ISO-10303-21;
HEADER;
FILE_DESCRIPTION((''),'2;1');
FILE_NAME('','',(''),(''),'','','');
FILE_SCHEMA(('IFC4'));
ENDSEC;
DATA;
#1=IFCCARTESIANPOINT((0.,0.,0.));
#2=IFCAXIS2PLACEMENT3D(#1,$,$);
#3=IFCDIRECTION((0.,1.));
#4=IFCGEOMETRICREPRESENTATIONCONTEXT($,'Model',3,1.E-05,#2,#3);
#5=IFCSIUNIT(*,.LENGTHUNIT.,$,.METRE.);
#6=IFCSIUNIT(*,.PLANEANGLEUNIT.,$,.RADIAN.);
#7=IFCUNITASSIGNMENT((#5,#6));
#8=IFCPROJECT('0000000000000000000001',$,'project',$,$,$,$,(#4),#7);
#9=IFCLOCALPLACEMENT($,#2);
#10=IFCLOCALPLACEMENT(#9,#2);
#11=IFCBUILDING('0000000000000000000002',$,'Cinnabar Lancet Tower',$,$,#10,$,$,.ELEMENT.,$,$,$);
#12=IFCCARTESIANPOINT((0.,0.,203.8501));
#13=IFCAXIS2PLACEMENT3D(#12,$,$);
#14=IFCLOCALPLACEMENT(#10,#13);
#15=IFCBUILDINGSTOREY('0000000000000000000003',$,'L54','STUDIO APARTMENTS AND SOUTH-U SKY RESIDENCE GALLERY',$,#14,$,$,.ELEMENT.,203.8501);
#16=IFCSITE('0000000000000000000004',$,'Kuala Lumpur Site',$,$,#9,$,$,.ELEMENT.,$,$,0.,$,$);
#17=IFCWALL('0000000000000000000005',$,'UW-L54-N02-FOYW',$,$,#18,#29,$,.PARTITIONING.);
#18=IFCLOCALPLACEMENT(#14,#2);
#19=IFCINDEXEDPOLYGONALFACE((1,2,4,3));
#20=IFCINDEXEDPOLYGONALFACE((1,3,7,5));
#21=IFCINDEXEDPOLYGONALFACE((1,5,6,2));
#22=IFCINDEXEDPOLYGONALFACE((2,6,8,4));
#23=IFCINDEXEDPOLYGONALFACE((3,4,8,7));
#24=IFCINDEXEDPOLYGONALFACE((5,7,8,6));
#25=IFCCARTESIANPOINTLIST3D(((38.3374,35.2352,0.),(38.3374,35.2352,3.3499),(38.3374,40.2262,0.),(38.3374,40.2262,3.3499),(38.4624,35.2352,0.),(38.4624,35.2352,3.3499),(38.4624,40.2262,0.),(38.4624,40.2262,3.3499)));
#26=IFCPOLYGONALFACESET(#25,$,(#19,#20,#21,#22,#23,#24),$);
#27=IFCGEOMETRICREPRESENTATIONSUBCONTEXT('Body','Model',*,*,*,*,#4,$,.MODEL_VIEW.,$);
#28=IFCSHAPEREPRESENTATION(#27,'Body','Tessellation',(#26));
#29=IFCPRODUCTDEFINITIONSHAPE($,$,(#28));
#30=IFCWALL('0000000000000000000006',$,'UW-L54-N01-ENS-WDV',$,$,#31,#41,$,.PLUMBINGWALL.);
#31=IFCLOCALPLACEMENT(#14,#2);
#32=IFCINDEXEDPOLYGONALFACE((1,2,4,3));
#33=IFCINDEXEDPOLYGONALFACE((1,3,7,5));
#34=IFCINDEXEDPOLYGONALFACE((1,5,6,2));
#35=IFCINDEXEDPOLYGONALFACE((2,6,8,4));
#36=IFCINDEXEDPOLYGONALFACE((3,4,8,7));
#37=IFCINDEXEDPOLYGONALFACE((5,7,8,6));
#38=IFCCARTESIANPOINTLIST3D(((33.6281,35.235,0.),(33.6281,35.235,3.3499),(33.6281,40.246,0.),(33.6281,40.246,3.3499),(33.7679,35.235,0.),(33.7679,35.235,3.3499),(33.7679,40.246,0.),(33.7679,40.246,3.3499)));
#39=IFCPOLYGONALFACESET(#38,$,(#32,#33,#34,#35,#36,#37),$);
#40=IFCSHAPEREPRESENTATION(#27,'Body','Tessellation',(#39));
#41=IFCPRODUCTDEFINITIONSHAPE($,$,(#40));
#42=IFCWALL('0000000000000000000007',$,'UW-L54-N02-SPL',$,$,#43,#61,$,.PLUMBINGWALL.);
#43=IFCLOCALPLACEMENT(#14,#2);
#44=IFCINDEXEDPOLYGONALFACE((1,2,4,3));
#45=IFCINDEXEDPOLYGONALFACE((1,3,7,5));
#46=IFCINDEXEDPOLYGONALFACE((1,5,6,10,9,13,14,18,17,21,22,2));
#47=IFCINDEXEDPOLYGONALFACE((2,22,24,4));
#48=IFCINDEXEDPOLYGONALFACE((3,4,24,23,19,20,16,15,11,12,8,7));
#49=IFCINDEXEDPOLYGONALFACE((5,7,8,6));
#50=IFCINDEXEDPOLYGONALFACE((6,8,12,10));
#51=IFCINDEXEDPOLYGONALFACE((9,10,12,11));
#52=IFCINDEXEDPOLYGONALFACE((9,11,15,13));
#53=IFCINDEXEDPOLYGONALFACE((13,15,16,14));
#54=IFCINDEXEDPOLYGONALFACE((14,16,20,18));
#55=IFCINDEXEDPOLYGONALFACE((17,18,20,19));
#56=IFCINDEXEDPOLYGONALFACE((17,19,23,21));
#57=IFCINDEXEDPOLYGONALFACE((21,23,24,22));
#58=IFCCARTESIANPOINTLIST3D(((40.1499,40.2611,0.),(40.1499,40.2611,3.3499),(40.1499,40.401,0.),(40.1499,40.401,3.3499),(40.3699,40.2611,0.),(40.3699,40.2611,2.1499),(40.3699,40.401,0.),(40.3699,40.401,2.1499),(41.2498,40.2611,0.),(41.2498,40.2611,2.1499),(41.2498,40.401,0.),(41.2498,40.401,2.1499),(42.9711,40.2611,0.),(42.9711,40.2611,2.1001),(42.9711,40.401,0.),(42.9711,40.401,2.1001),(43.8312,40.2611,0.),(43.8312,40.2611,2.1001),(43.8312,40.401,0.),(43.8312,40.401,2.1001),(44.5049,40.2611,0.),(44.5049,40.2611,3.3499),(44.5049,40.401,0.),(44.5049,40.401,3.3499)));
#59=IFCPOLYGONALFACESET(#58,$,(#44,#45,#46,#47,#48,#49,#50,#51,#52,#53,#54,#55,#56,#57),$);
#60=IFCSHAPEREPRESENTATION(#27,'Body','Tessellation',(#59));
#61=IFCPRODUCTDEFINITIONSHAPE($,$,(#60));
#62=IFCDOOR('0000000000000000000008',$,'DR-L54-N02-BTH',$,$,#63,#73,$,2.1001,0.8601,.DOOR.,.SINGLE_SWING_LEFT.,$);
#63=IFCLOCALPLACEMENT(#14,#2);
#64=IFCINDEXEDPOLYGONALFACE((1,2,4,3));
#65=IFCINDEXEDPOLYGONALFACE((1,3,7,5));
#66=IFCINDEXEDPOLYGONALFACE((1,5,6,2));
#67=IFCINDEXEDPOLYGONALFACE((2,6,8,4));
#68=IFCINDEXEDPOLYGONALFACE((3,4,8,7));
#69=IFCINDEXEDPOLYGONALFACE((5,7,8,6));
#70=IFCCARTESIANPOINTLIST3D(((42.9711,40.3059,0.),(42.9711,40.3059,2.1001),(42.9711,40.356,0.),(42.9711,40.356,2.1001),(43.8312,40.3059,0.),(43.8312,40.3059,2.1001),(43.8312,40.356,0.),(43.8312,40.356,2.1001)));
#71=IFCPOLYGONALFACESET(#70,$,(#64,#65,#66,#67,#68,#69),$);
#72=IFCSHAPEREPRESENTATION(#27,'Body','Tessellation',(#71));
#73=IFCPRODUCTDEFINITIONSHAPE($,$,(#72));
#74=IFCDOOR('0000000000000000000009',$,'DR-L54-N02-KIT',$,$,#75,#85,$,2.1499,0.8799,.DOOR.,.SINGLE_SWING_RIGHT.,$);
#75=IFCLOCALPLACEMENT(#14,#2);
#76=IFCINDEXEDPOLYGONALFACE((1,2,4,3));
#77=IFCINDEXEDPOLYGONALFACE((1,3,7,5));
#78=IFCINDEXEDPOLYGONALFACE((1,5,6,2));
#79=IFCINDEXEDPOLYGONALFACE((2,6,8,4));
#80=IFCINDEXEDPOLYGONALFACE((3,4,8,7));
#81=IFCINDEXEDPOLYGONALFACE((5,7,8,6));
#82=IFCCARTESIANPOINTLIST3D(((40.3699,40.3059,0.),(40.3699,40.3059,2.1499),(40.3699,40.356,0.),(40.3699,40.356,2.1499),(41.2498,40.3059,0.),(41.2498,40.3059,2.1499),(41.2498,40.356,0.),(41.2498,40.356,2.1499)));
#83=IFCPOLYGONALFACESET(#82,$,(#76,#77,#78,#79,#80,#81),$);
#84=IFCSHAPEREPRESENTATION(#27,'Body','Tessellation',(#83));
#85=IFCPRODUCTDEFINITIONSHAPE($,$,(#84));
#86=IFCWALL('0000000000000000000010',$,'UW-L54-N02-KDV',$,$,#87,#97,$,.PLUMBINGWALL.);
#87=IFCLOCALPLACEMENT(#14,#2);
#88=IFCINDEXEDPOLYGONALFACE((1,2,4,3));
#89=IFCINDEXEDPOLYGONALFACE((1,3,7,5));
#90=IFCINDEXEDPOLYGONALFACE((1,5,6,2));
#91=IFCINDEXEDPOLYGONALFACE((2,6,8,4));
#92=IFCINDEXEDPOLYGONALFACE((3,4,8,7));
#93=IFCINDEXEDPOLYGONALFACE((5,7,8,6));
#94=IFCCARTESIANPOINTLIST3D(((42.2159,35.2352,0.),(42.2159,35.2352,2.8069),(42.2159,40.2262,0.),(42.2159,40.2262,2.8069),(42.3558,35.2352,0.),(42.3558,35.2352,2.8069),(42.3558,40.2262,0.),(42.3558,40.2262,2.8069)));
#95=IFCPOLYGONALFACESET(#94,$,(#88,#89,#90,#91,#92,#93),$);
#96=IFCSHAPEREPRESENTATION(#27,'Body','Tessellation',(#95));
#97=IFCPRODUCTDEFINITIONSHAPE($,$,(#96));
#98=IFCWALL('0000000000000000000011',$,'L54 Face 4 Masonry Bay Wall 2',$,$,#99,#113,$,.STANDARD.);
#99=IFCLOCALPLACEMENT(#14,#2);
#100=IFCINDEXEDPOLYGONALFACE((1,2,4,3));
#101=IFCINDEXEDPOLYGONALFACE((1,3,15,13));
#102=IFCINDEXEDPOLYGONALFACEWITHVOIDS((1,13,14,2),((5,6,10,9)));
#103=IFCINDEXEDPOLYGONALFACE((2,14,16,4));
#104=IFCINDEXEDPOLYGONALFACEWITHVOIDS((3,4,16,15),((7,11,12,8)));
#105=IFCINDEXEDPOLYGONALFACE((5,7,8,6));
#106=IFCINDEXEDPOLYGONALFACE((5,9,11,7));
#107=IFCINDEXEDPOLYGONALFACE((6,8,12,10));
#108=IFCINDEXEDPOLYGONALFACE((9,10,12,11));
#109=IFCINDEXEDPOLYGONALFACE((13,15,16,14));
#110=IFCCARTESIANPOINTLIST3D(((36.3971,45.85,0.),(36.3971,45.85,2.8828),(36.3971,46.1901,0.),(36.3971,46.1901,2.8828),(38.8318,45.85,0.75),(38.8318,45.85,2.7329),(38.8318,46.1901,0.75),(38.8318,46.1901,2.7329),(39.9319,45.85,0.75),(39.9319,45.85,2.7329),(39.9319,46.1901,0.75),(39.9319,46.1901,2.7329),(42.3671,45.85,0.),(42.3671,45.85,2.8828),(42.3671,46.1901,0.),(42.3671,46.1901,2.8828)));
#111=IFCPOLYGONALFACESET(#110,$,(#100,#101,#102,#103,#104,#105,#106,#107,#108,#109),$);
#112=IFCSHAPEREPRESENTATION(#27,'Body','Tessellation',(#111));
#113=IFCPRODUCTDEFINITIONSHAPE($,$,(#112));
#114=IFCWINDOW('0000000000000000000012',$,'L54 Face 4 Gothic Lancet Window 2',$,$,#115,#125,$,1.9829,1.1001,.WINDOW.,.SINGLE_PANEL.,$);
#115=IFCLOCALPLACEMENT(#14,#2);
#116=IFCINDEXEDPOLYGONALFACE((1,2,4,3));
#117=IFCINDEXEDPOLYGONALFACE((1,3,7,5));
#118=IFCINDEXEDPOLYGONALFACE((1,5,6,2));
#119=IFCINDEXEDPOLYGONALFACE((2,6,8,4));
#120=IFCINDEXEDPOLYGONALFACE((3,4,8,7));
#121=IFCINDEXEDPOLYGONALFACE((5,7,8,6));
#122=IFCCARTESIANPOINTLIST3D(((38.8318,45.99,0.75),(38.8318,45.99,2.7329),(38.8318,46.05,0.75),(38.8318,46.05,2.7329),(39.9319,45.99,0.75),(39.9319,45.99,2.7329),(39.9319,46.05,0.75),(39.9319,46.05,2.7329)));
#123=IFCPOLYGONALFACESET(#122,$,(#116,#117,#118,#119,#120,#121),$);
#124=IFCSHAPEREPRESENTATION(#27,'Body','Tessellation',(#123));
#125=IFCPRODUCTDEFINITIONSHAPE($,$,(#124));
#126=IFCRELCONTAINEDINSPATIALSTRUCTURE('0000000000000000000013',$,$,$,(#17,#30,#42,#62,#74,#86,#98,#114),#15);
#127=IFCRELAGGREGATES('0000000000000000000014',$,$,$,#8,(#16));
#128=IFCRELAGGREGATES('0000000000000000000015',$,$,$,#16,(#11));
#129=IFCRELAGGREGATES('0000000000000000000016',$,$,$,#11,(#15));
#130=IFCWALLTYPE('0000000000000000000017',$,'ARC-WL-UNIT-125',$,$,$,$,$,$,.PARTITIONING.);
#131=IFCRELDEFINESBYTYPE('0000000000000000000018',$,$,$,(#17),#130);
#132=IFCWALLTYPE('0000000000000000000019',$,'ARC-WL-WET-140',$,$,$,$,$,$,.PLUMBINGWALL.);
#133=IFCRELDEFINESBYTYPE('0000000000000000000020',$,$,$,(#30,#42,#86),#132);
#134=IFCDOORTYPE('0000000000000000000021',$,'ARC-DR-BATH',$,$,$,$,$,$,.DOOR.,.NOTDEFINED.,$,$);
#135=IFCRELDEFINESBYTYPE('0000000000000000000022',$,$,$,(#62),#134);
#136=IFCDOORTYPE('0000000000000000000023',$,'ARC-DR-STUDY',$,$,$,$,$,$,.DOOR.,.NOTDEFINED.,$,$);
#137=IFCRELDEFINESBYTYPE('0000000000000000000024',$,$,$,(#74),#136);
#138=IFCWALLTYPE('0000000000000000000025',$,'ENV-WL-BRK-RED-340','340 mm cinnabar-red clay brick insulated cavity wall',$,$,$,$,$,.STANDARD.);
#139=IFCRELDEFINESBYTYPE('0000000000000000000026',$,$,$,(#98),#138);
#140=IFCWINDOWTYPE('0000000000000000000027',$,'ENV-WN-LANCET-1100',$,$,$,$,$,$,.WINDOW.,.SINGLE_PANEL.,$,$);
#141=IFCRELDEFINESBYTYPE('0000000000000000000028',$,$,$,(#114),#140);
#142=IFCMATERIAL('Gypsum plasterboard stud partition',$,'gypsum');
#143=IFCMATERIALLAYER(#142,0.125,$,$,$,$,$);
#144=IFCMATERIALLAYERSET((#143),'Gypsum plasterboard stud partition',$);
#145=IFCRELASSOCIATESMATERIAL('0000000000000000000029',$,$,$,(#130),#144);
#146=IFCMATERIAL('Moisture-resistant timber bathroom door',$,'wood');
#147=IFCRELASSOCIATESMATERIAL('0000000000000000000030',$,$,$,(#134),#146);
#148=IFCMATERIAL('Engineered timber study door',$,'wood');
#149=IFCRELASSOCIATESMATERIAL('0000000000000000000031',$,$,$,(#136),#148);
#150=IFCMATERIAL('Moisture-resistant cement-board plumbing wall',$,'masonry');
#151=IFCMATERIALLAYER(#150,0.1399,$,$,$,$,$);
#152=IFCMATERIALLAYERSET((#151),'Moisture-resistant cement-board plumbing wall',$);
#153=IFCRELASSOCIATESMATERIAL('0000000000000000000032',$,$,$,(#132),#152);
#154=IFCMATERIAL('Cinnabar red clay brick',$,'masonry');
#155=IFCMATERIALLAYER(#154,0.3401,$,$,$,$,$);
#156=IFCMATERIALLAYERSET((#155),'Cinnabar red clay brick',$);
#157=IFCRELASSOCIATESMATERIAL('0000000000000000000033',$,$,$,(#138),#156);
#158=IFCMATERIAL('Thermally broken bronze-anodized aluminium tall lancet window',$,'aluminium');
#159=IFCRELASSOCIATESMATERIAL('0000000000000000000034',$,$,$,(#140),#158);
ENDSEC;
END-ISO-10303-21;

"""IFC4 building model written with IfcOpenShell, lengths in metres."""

from ifc_helpers import new_model, si_unit, direction, frame, frame_2d, origin, place, context, subcontext, project, spatial, rectangle, extrude, material, layer, layer_set, type_object, element, fill, save


model = new_model("IFC4")

# Units and contexts
model_context = context("Model", 3, precision=1e-05, world=origin(), true_north=direction((0.0, 1.0)))
body_context = subcontext(model_context, "Body", "Model", "MODEL_VIEW")
ifc_project = project(units=[si_unit("LENGTHUNIT", "METRE"), si_unit("PLANEANGLEUNIT", "RADIAN")], contexts=[model_context])

# Site, building, storey
site_placement = place(None, origin())
site = spatial("IfcSite", under=ifc_project, at=site_placement, Name="Kuala Lumpur Site", CompositionType="ELEMENT", RefElevation=0.0)
building_placement = place(site_placement, origin())
building = spatial("IfcBuilding", under=site, at=building_placement, Name="Cinnabar Lancet Tower", CompositionType="ELEMENT")
storey_placement = place(building_placement, frame((0.0, 0.0, 203.8501)))
storey = spatial("IfcBuildingStorey", under=building, at=storey_placement, Name="L54", Description="STUDIO APARTMENTS AND SOUTH-U SKY RESIDENCE GALLERY", CompositionType="ELEMENT", Elevation=203.8501)

# Shared definitions
ifc_material_1 = material(Name="Gypsum plasterboard stud partition", Category="gypsum")
ifc_layer_1 = layer(ifc_material_1, 0.125)
ifc_layer_set_1 = layer_set([ifc_layer_1], Name="Gypsum plasterboard stud partition")
wall_type_1 = type_object("IfcWallType", Name="ARC-WL-UNIT-125", PredefinedType="PARTITIONING", material=ifc_layer_set_1)
ifc_material_2 = material(Name="Moisture-resistant timber bathroom door", Category="wood")
door_type_1 = type_object("IfcDoorType", Name="ARC-DR-BATH", OperationType="NOTDEFINED", PredefinedType="DOOR", material=ifc_material_2)
ifc_material_3 = material(Name="Engineered timber study door", Category="wood")
door_type_2 = type_object("IfcDoorType", Name="ARC-DR-STUDY", OperationType="NOTDEFINED", PredefinedType="DOOR", material=ifc_material_3)

# Wall
for number, where, z_axis, x_axis, name in (
    (1, (38.3999, 35.2351, 0.0), (0.0, 0.0, 1.0), (0.0, 1.0, 0.0), "UW-L54-N02-FOYW"),
):
    element("IfcWall", number, at=place(storey_placement, frame(where, z_axis=z_axis, x_axis=x_axis)), inside=storey, type_object=wall_type_1, Name=name, PredefinedType="PARTITIONING", context=body_context, shape_type="SweptSolid", body=[
        extrude(rectangle(XDim=4.991, YDim=0.125, at=frame_2d((2.4956, 0.0))), origin(), (0.0, 0.0, 1.0), 3.3499),
    ])

# Wall
ifc_material_4 = material(Name="Moisture-resistant cement-board plumbing wall", Category="masonry")
ifc_layer_2 = layer(ifc_material_4, 0.1399)
ifc_layer_set_2 = layer_set([ifc_layer_2], Name="Moisture-resistant cement-board plumbing wall")
wall_type_2 = type_object("IfcWallType", Name="ARC-WL-WET-140", PredefinedType="PLUMBINGWALL", material=ifc_layer_set_2)
wall_1_placement = place(storey_placement, frame((33.698, 35.2351, 0.0), z_axis=(0.0, 0.0, 1.0), x_axis=(0.0, 1.0, 0.0)))
element("IfcWall", 2, at=wall_1_placement, inside=storey, type_object=wall_type_2, Name="UW-L54-N01-ENS-WDV", PredefinedType="PLUMBINGWALL", context=body_context, shape_type="SweptSolid", body=[
    extrude(rectangle(XDim=5.011, YDim=0.1399, at=frame_2d((2.5054, 0.0))), origin(), (0.0, 0.0, 1.0), 3.3499),
])

# Wall, openings, doors
wall_2_placement = place(storey_placement, frame((40.1499, 40.3311, 0.0), z_axis=(0.0, 0.0, 1.0), x_axis=(1.0, 0.0, 0.0)))
wall_2 = element("IfcWall", 3, at=wall_2_placement, inside=storey, type_object=wall_type_2, Name="UW-L54-N02-SPL", PredefinedType="PLUMBINGWALL", context=body_context, shape_type="SweptSolid", body=[
    extrude(rectangle(XDim=4.355, YDim=0.1399, at=frame_2d((2.1775, 0.0))), origin(), (0.0, 0.0, 1.0), 3.3499),
])
opening_1_placement = place(wall_2_placement, frame((2.821, 0.0, 0.0)))
opening_1 = element("IfcOpeningElement", 4, at=opening_1_placement, cuts=wall_2, PredefinedType="OPENING", context=body_context, shape_type="SweptSolid", body=[
    extrude(rectangle(XDim=0.8601, YDim=2.1001, at=frame_2d((0.4302, 1.05))), frame((0.0, 0.0798, 0.0), z_axis=(0.0, -1.0, 0.0), x_axis=(1.0, 0.0, 0.0)), (0.0, 0.0, 1.0), 0.1599),
])
opening_2_placement = place(wall_2_placement, frame((0.22, 0.0, 0.0)))
opening_2 = element("IfcOpeningElement", 5, at=opening_2_placement, cuts=wall_2, PredefinedType="OPENING", context=body_context, shape_type="SweptSolid", body=[
    extrude(rectangle(XDim=0.8799, YDim=2.1499, at=frame_2d((0.4399, 1.075))), frame((0.0, 0.0798, 0.0), z_axis=(0.0, -1.0, 0.0), x_axis=(1.0, 0.0, 0.0)), (0.0, 0.0, 1.0), 0.1599),
])
door_1_placement = place(opening_1_placement, origin())
door_1 = element("IfcDoor", 6, at=door_1_placement, inside=storey, type_object=door_type_1, Name="DR-L54-N02-BTH", OperationType="SINGLE_SWING_LEFT", OverallHeight=2.1001, OverallWidth=0.8601, PredefinedType="DOOR", context=body_context, shape_type="SweptSolid", body=[
    extrude(rectangle(XDim=0.8601, YDim=2.1001, at=frame_2d((0.4302, 1.05))), frame((0.0, 0.0249, 0.0), z_axis=(0.0, -1.0, 0.0), x_axis=(1.0, 0.0, 0.0)), (0.0, 0.0, 1.0), 0.05),
])
fill(opening_1, door_1)
door_2_placement = place(opening_2_placement, origin())
door_2 = element("IfcDoor", 7, at=door_2_placement, inside=storey, type_object=door_type_2, Name="DR-L54-N02-KIT", OperationType="SINGLE_SWING_RIGHT", OverallHeight=2.1499, OverallWidth=0.8799, PredefinedType="DOOR", context=body_context, shape_type="SweptSolid", body=[
    extrude(rectangle(XDim=0.8799, YDim=2.1499, at=frame_2d((0.4399, 1.075))), frame((0.0, 0.0249, 0.0), z_axis=(0.0, -1.0, 0.0), x_axis=(1.0, 0.0, 0.0)), (0.0, 0.0, 1.0), 0.05),
])
fill(opening_2, door_2)

# Wall
wall_3_placement = place(storey_placement, frame((42.2859, 35.2351, 0.0), z_axis=(0.0, 0.0, 1.0), x_axis=(0.0, 1.0, 0.0)))
element("IfcWall", 8, at=wall_3_placement, inside=storey, type_object=wall_type_2, Name="UW-L54-N02-KDV", PredefinedType="PLUMBINGWALL", context=body_context, shape_type="SweptSolid", body=[
    extrude(rectangle(XDim=4.991, YDim=0.1399, at=frame_2d((2.4956, 0.0))), origin(), (0.0, 0.0, 1.0), 2.8069),
])

# Wall, opening, window
ifc_material_5 = material(Name="Cinnabar red clay brick", Category="masonry")
ifc_layer_3 = layer(ifc_material_5, 0.3401)
ifc_layer_set_3 = layer_set([ifc_layer_3], Name="Cinnabar red clay brick")
wall_type_3 = type_object("IfcWallType", Name="ENV-WL-BRK-RED-340", Description="340 mm cinnabar-red clay brick insulated cavity wall", PredefinedType="STANDARD", material=ifc_layer_set_3)
wall_4_placement = place(storey_placement, frame((42.3669, 46.02, 0.0), z_axis=(0.0, 0.0, 1.0), x_axis=(-1.0, 0.0, 0.0)))
wall_4 = element("IfcWall", 9, at=wall_4_placement, inside=storey, type_object=wall_type_3, Name="L54 Face 4 Masonry Bay Wall 2", PredefinedType="STANDARD", context=body_context, shape_type="SweptSolid", body=[
    extrude(rectangle(XDim=5.97, YDim=0.3401, at=frame_2d((2.9849, 0.0))), origin(), (0.0, 0.0, 1.0), 2.8828),
])
opening_3_placement = place(wall_4_placement, frame((2.4351, 0.0, 0.75)))
opening_3 = element("IfcOpeningElement", 10, at=opening_3_placement, cuts=wall_4, PredefinedType="OPENING", context=body_context, shape_type="SweptSolid", body=[
    extrude(rectangle(XDim=1.1001, YDim=1.9829, at=frame_2d((0.55, 0.9915))), frame((0.0, 0.1799, 0.0), z_axis=(0.0, -1.0, 0.0), x_axis=(1.0, 0.0, 0.0)), (0.0, 0.0, 1.0), 0.3601),
])
ifc_material_6 = material(Name="Thermally broken bronze-anodized aluminium tall lancet window", Category="aluminium")
window_type = type_object("IfcWindowType", Name="ENV-WN-LANCET-1100", PartitioningType="SINGLE_PANEL", PredefinedType="WINDOW", material=ifc_material_6)
window_1_placement = place(opening_3_placement, origin())
window_1 = element("IfcWindow", 11, at=window_1_placement, inside=storey, type_object=window_type, Name="L54 Face 4 Gothic Lancet Window 2", OverallHeight=1.9829, OverallWidth=1.1001, PartitioningType="SINGLE_PANEL", PredefinedType="WINDOW", context=body_context, shape_type="SweptSolid", body=[
    extrude(rectangle(XDim=1.1001, YDim=1.9829, at=frame_2d((0.55, 0.9915))), frame((0.0, 0.03, 0.0), z_axis=(0.0, -1.0, 0.0), x_axis=(1.0, 0.0, 0.0)), (0.0, 0.0, 1.0), 0.0601),
])
fill(opening_3, window_1)

save(model, "model.ifc")
